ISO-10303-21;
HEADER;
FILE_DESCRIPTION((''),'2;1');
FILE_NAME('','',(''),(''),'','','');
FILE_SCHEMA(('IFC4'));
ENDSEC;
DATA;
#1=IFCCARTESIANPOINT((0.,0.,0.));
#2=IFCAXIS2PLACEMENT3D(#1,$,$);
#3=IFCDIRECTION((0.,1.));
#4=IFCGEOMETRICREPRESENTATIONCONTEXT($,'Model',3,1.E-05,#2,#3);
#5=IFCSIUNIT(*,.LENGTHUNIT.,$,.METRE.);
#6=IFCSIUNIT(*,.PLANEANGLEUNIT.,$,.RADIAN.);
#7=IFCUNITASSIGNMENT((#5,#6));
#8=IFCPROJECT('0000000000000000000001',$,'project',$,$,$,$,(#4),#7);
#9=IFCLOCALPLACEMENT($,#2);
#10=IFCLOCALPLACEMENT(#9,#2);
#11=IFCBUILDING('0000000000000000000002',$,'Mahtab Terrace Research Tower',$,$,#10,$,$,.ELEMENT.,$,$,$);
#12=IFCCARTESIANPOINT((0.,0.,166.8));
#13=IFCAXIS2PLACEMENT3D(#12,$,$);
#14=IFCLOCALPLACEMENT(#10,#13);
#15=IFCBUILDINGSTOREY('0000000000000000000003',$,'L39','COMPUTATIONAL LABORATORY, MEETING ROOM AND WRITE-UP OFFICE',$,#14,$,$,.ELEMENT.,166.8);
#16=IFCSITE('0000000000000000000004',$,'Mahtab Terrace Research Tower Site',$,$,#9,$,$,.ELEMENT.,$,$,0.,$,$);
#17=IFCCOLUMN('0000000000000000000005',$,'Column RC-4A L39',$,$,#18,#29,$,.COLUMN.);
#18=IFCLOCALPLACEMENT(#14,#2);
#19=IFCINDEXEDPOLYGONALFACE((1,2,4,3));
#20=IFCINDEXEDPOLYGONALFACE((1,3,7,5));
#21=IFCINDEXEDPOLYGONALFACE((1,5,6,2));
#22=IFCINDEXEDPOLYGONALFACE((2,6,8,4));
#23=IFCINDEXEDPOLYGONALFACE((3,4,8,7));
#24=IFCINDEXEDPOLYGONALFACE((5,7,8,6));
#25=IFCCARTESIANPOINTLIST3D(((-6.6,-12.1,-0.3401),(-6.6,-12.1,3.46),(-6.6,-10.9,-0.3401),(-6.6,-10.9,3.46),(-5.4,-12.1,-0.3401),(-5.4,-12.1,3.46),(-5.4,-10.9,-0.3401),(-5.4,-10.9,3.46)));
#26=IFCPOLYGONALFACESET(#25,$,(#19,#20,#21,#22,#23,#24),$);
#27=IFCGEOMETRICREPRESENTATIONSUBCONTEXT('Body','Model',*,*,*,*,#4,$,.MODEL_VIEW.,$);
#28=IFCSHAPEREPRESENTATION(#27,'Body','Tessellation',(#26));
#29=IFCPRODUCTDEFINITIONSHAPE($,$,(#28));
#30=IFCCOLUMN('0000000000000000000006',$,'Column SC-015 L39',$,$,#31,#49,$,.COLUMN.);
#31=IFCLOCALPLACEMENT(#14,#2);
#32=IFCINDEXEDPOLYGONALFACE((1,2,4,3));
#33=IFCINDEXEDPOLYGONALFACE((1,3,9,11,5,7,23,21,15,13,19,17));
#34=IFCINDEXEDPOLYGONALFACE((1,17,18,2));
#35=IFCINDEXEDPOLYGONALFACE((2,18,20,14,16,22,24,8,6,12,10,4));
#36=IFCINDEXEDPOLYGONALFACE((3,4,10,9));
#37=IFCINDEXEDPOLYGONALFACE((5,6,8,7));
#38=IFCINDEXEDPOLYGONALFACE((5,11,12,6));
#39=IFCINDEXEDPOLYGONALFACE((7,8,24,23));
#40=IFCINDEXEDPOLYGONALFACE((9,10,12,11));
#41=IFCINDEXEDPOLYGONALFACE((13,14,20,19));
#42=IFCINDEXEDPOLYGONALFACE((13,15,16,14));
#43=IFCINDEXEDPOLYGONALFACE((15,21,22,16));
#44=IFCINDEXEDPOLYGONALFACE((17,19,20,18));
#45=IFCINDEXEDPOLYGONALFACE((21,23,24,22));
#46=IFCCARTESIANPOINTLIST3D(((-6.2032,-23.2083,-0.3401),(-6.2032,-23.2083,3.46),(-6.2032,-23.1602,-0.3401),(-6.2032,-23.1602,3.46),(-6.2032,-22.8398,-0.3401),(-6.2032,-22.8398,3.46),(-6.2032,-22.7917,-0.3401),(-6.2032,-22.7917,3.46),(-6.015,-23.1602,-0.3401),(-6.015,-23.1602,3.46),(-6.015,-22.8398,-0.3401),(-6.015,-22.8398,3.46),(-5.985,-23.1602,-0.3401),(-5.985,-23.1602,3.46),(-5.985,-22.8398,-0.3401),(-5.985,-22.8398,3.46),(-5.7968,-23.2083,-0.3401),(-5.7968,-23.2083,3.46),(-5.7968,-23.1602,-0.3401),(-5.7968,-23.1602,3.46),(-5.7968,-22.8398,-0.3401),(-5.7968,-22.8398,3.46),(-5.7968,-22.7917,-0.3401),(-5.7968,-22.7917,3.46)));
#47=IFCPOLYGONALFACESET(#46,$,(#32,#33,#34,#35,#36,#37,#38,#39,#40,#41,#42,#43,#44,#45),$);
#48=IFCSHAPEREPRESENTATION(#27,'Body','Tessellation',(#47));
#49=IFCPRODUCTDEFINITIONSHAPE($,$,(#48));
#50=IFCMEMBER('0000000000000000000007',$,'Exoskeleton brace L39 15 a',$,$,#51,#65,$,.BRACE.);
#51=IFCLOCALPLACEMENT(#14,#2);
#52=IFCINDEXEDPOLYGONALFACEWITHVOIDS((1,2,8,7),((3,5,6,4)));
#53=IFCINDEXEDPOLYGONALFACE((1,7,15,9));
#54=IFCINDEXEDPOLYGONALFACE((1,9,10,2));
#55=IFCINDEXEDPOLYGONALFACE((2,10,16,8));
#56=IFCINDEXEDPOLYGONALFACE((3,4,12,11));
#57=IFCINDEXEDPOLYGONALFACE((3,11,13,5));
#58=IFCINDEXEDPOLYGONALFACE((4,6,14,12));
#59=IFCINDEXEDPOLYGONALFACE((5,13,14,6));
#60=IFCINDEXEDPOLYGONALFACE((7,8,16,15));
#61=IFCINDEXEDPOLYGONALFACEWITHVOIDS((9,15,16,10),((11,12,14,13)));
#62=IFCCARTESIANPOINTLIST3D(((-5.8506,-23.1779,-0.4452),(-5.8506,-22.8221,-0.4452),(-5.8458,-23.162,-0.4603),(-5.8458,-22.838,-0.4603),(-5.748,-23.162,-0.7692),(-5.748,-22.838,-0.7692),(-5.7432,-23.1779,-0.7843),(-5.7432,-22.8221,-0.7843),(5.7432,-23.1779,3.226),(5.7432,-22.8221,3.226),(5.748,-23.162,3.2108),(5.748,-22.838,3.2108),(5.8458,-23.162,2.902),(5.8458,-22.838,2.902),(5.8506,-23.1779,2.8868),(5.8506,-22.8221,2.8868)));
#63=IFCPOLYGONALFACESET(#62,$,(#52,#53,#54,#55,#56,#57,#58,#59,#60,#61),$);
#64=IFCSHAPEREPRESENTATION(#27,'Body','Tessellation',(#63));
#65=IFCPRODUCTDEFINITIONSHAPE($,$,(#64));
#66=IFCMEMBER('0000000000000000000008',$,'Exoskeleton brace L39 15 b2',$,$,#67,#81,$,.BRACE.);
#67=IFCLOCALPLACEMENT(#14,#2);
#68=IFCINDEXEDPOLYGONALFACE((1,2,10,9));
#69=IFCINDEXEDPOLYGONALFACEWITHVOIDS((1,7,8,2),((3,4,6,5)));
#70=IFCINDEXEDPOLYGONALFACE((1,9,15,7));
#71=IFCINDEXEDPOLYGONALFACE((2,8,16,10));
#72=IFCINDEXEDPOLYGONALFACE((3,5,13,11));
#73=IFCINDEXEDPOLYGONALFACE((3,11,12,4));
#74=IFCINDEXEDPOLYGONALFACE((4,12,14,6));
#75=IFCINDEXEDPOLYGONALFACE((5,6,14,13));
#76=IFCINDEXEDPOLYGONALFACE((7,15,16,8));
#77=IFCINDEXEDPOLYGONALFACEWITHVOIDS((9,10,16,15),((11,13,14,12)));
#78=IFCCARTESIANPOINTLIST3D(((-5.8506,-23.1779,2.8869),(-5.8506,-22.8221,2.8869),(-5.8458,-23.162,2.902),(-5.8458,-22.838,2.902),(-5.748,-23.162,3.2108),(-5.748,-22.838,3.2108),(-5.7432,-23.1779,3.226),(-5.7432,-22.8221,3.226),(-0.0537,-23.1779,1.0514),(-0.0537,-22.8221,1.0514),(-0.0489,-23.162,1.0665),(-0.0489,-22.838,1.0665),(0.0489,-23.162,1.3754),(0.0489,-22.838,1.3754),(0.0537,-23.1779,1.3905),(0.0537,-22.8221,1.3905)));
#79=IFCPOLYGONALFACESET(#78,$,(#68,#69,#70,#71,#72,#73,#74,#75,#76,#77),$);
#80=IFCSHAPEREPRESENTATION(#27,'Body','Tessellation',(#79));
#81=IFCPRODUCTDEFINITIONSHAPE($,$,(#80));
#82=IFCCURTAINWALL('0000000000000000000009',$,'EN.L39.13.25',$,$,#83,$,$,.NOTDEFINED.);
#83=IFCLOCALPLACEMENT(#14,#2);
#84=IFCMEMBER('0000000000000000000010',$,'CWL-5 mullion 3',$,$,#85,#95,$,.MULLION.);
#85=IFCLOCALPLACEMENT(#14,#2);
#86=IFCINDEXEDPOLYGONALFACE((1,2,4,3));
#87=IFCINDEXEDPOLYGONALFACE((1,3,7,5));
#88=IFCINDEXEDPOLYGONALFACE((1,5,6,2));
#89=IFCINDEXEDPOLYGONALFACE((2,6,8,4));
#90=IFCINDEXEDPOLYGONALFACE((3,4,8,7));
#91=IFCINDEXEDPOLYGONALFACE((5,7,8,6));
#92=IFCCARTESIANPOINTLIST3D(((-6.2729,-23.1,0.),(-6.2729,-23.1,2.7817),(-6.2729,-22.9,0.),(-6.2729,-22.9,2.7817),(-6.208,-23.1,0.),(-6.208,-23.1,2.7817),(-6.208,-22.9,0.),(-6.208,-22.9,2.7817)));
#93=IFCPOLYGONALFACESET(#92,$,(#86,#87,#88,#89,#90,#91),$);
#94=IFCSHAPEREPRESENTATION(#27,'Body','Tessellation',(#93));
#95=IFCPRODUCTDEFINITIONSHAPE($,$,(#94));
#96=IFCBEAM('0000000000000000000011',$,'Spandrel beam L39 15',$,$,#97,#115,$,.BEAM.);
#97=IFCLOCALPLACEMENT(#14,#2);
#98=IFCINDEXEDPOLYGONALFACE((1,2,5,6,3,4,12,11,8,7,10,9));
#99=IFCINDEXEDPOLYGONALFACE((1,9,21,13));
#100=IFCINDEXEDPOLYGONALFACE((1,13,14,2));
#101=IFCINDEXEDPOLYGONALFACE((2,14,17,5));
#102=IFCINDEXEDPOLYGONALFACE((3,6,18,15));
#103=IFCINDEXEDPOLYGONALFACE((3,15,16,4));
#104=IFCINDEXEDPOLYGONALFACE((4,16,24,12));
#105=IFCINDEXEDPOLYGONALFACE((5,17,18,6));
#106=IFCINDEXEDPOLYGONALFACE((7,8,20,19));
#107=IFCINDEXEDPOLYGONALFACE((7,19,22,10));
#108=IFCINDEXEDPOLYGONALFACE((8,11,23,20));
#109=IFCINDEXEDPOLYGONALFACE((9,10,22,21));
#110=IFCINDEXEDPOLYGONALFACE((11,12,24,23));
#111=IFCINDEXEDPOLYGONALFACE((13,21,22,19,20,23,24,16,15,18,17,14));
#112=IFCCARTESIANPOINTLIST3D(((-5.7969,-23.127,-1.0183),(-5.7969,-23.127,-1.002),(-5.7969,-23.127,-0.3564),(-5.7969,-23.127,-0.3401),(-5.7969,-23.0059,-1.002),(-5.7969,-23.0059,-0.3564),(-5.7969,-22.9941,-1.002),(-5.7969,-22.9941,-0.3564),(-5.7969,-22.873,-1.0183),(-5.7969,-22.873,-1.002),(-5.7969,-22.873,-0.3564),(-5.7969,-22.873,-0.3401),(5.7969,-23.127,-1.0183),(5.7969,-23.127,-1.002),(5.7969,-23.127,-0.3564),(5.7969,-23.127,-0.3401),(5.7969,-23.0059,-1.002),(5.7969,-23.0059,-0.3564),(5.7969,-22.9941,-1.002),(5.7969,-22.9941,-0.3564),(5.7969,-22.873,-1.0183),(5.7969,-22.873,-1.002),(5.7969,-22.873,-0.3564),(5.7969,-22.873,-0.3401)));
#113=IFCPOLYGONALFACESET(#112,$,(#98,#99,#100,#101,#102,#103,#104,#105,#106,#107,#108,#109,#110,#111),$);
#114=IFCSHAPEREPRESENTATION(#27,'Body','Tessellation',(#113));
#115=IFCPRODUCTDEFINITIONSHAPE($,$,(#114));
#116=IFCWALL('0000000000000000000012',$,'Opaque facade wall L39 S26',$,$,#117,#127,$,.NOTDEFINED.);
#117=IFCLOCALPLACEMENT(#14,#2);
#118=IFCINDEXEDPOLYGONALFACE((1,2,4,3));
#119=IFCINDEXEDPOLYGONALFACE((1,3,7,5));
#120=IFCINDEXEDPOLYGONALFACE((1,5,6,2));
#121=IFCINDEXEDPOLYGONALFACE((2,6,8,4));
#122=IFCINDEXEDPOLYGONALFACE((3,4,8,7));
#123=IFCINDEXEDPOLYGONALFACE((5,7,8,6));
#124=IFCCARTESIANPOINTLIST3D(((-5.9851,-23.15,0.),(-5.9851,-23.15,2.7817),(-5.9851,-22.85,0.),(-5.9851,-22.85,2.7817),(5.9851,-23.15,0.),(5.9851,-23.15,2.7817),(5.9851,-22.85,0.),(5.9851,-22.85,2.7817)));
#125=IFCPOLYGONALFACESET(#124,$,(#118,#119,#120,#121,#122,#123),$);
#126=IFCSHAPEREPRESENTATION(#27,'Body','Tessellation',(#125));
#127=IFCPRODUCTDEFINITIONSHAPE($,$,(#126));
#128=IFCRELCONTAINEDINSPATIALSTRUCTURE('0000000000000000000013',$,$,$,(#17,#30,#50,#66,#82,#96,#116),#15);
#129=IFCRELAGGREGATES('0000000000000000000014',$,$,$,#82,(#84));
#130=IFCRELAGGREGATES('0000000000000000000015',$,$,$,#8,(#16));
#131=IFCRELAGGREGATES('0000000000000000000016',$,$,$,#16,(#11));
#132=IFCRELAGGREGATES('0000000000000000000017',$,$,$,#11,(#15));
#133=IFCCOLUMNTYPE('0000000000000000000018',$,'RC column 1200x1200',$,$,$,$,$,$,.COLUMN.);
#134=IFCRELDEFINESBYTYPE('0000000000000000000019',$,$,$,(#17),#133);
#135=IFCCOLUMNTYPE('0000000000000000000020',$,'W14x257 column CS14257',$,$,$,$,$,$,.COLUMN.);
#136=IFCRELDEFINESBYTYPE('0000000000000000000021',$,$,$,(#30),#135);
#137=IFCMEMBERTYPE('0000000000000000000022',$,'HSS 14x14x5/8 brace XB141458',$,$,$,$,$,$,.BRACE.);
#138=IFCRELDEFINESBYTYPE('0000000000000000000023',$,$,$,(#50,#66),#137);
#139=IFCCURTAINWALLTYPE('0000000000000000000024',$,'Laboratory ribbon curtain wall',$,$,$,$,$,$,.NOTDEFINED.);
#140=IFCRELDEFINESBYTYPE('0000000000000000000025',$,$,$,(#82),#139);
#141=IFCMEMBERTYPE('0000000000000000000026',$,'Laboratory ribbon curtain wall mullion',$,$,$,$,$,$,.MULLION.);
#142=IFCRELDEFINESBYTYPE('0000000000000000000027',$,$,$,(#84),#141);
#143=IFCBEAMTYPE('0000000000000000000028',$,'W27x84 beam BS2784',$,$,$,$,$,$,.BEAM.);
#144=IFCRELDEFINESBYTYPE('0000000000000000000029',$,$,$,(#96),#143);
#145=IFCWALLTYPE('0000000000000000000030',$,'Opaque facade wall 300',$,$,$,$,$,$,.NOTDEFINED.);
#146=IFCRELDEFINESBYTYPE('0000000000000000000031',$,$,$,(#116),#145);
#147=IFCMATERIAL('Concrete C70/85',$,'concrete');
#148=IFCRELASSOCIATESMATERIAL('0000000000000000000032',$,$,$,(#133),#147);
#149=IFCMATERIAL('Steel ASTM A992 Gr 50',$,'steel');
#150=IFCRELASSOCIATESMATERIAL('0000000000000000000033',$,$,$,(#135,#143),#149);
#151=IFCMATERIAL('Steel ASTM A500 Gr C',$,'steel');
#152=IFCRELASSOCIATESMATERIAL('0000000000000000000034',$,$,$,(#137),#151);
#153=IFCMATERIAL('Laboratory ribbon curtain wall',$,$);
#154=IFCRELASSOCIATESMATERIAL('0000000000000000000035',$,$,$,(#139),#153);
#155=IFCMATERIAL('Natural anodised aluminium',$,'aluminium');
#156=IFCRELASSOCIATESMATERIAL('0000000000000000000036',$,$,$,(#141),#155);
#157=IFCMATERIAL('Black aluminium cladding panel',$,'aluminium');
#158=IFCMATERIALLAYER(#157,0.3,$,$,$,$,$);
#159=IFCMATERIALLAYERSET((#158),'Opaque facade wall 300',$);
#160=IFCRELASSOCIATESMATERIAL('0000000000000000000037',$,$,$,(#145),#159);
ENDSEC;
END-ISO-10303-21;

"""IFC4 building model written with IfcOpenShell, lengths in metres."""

from ifc_helpers import new_model, si_unit, direction, frame, frame_2d, origin, origin_2d, place, context, subcontext, project, spatial, rectangle, hollow_rectangle, i_section, extrude, material, layer, layer_set, material_profile, profile_set, type_object, element, aggregate, save


model = new_model("IFC4")

# Units and contexts
model_context = context("Model", 3, precision=1e-05, world=origin(), true_north=direction((0.0, 1.0)))
body_context = subcontext(model_context, "Body", "Model", "MODEL_VIEW")
ifc_project = project(units=[si_unit("LENGTHUNIT", "METRE"), si_unit("PLANEANGLEUNIT", "RADIAN")], contexts=[model_context])

# Site, building, storey
site_placement = place(None, origin())
site = spatial("IfcSite", under=ifc_project, at=site_placement, Name="Mahtab Terrace Research Tower Site", CompositionType="ELEMENT", RefElevation=0.0)
building_placement = place(site_placement, origin())
building = spatial("IfcBuilding", under=site, at=building_placement, Name="Mahtab Terrace Research Tower", CompositionType="ELEMENT")
storey_placement = place(building_placement, frame((0.0, 0.0, 166.8)))
storey = spatial("IfcBuildingStorey", under=building, at=storey_placement, Name="L39", Description="COMPUTATIONAL LABORATORY, MEETING ROOM AND WRITE-UP OFFICE", CompositionType="ELEMENT", Elevation=166.8)

# Columns
ifc_material_1 = material(Name="Concrete C70/85", Category="concrete")
ifc_material_profile_1 = material_profile(ifc_material_1, rectangle(XDim=1.2, YDim=1.2, at=origin_2d()), Name="RC column 1200x1200")
ifc_profile_set_1 = profile_set([ifc_material_profile_1], Name="Concrete C70/85")
column_type_1 = type_object("IfcColumnType", Name="RC column 1200x1200", PredefinedType="COLUMN", material=ifc_profile_set_1)
column_1_placement = place(storey_placement, frame((-6.0, -11.5, -0.3401), z_axis=(0.0, 0.0, 1.0), x_axis=(1.0, 0.0, 0.0)))
element("IfcColumn", 1, at=column_1_placement, inside=storey, type_object=column_type_1, Name="Column RC-4A L39", PredefinedType="COLUMN", context=body_context, shape_type="SweptSolid", body=[
    extrude(rectangle(XDim=1.2, YDim=1.2, at=origin_2d()), origin(), (0.0, 0.0, 1.0), 3.8),
])
ifc_material_2 = material(Name="Steel ASTM A992 Gr 50", Category="steel")
ifc_material_profile_2 = material_profile(ifc_material_2, i_section(OverallWidth=0.4065, OverallDepth=0.4165, WebThickness=0.03, FlangeThickness=0.0481, at=origin_2d()), Name="W14X257")
ifc_profile_set_2 = profile_set([ifc_material_profile_2], Name="Steel ASTM A992 Gr 50")
column_type_2 = type_object("IfcColumnType", Name="W14x257 column CS14257", PredefinedType="COLUMN", material=ifc_profile_set_2)
column_2_placement = place(storey_placement, frame((-6.0, -23.0, -0.3401), z_axis=(0.0, 0.0, 1.0), x_axis=(1.0, 0.0, 0.0)))
element("IfcColumn", 2, at=column_2_placement, inside=storey, type_object=column_type_2, Name="Column SC-015 L39", PredefinedType="COLUMN", context=body_context, shape_type="SweptSolid", body=[
    extrude(i_section(OverallWidth=0.4065, OverallDepth=0.4165, WebThickness=0.03, FlangeThickness=0.0481, at=origin_2d()), origin(), (0.0, 0.0, 1.0), 3.8),
])

# Members
ifc_material_3 = material(Name="Steel ASTM A500 Gr C", Category="steel")
ifc_material_profile_3 = material_profile(ifc_material_3, hollow_rectangle(XDim=0.3557, YDim=0.3557, WallThickness=0.0159, at=origin_2d()), Name="HSS14X14X5/8")
ifc_profile_set_3 = profile_set([ifc_material_profile_3], Name="Steel ASTM A500 Gr C")
member_type_1 = type_object("IfcMemberType", Name="HSS 14x14x5/8 brace XB141458", PredefinedType="BRACE", material=ifc_profile_set_3)
member_1_placement = place(storey_placement, frame((-5.7969, -23.0, -0.6147), z_axis=(0.953347, 0.0, 0.301876), x_axis=(0.0, 1.0, 0.0)))
element("IfcMember", 3, at=member_1_placement, inside=storey, type_object=member_type_1, Name="Exoskeleton brace L39 15 a", PredefinedType="BRACE", context=body_context, shape_type="SweptSolid", body=[
    extrude(hollow_rectangle(XDim=0.3557, YDim=0.3557, WallThickness=0.0159, at=origin_2d()), origin(), (0.0, 0.0, 1.0), 12.1611),
])
member_2_placement = place(storey_placement, frame((0.0, -23.0, 1.2209), z_axis=(-0.953353, 0.0, 0.301858), x_axis=(0.0, -1.0, 0.0)))
element("IfcMember", 4, at=member_2_placement, inside=storey, type_object=member_type_1, Name="Exoskeleton brace L39 15 b2", PredefinedType="BRACE", context=body_context, shape_type="SweptSolid", body=[
    extrude(hollow_rectangle(XDim=0.3557, YDim=0.3557, WallThickness=0.0159, at=origin_2d()), origin(), (0.0, 0.0, 1.0), 6.0806),
])

# Curtain wall, member
ifc_material_4 = material(Name="Laboratory ribbon curtain wall")
curtain_wall_type = type_object("IfcCurtainWallType", Name="Laboratory ribbon curtain wall", PredefinedType="NOTDEFINED", material=ifc_material_4)
curtain_wall_placement = place(storey_placement, origin())
curtain_wall = element("IfcCurtainWall", 5, at=curtain_wall_placement, inside=storey, type_object=curtain_wall_type, Name="EN.L39.13.25", PredefinedType="NOTDEFINED")
ifc_material_5 = material(Name="Natural anodised aluminium", Category="aluminium")
ifc_material_profile_4 = material_profile(ifc_material_5, rectangle(XDim=0.2, YDim=0.0649, at=origin_2d()), Name="MULLION 65x200")
ifc_profile_set_4 = profile_set([ifc_material_profile_4], Name="Natural anodised aluminium")
member_type_2 = type_object("IfcMemberType", Name="Laboratory ribbon curtain wall mullion", PredefinedType="MULLION", material=ifc_profile_set_4)
member_3_placement = place(storey_placement, frame((-6.2405, -23.0, 0.0), z_axis=(0.0, 0.0, 1.0), x_axis=(0.0, 1.0, 0.0)))
member_3 = element("IfcMember", 6, at=member_3_placement, type_object=member_type_2, Name="CWL-5 mullion 3", PredefinedType="MULLION", context=body_context, shape_type="SweptSolid", body=[
    extrude(rectangle(XDim=0.2, YDim=0.0649, at=origin_2d()), origin(), (0.0, 0.0, 1.0), 2.7817),
])
aggregate(curtain_wall, [member_3])

# Beam
ifc_material_profile_5 = material_profile(ifc_material_2, i_section(OverallWidth=0.2539, OverallDepth=0.6782, WebThickness=0.0117, FlangeThickness=0.0164, at=origin_2d()), Name="W27X84")
ifc_profile_set_5 = profile_set([ifc_material_profile_5], Name="Steel ASTM A992 Gr 50")
beam_type = type_object("IfcBeamType", Name="W27x84 beam BS2784", PredefinedType="BEAM", material=ifc_profile_set_5)
beam_placement = place(storey_placement, frame((-5.7969, -23.0, -0.6792), z_axis=(1.0, 0.0, 0.0), x_axis=(0.0, 1.0, 0.0)))
element("IfcBeam", 7, at=beam_placement, inside=storey, type_object=beam_type, Name="Spandrel beam L39 15", PredefinedType="BEAM", context=body_context, shape_type="SweptSolid", body=[
    extrude(i_section(OverallWidth=0.2539, OverallDepth=0.6782, WebThickness=0.0117, FlangeThickness=0.0164, at=origin_2d()), origin(), (0.0, 0.0, 1.0), 11.5938),
])

# Wall
ifc_material_6 = material(Name="Black aluminium cladding panel", Category="aluminium")
ifc_layer_1 = layer(ifc_material_6, 0.3)
ifc_layer_set_1 = layer_set([ifc_layer_1], Name="Opaque facade wall 300")
wall_type_1 = type_object("IfcWallType", Name="Opaque facade wall 300", PredefinedType="NOTDEFINED", material=ifc_layer_set_1)
wall_1_placement = place(storey_placement, frame((-5.9851, -23.0, 0.0), z_axis=(0.0, 0.0, 1.0), x_axis=(1.0, 0.0, 0.0)))
element("IfcWall", 8, at=wall_1_placement, inside=storey, type_object=wall_type_1, Name="Opaque facade wall L39 S26", PredefinedType="NOTDEFINED", context=body_context, shape_type="SweptSolid", body=[
    extrude(rectangle(XDim=11.9702, YDim=0.3, at=frame_2d((5.9851, 0.0))), origin(), (0.0, 0.0, 1.0), 2.7817),
])

save(model, "model.ifc")
